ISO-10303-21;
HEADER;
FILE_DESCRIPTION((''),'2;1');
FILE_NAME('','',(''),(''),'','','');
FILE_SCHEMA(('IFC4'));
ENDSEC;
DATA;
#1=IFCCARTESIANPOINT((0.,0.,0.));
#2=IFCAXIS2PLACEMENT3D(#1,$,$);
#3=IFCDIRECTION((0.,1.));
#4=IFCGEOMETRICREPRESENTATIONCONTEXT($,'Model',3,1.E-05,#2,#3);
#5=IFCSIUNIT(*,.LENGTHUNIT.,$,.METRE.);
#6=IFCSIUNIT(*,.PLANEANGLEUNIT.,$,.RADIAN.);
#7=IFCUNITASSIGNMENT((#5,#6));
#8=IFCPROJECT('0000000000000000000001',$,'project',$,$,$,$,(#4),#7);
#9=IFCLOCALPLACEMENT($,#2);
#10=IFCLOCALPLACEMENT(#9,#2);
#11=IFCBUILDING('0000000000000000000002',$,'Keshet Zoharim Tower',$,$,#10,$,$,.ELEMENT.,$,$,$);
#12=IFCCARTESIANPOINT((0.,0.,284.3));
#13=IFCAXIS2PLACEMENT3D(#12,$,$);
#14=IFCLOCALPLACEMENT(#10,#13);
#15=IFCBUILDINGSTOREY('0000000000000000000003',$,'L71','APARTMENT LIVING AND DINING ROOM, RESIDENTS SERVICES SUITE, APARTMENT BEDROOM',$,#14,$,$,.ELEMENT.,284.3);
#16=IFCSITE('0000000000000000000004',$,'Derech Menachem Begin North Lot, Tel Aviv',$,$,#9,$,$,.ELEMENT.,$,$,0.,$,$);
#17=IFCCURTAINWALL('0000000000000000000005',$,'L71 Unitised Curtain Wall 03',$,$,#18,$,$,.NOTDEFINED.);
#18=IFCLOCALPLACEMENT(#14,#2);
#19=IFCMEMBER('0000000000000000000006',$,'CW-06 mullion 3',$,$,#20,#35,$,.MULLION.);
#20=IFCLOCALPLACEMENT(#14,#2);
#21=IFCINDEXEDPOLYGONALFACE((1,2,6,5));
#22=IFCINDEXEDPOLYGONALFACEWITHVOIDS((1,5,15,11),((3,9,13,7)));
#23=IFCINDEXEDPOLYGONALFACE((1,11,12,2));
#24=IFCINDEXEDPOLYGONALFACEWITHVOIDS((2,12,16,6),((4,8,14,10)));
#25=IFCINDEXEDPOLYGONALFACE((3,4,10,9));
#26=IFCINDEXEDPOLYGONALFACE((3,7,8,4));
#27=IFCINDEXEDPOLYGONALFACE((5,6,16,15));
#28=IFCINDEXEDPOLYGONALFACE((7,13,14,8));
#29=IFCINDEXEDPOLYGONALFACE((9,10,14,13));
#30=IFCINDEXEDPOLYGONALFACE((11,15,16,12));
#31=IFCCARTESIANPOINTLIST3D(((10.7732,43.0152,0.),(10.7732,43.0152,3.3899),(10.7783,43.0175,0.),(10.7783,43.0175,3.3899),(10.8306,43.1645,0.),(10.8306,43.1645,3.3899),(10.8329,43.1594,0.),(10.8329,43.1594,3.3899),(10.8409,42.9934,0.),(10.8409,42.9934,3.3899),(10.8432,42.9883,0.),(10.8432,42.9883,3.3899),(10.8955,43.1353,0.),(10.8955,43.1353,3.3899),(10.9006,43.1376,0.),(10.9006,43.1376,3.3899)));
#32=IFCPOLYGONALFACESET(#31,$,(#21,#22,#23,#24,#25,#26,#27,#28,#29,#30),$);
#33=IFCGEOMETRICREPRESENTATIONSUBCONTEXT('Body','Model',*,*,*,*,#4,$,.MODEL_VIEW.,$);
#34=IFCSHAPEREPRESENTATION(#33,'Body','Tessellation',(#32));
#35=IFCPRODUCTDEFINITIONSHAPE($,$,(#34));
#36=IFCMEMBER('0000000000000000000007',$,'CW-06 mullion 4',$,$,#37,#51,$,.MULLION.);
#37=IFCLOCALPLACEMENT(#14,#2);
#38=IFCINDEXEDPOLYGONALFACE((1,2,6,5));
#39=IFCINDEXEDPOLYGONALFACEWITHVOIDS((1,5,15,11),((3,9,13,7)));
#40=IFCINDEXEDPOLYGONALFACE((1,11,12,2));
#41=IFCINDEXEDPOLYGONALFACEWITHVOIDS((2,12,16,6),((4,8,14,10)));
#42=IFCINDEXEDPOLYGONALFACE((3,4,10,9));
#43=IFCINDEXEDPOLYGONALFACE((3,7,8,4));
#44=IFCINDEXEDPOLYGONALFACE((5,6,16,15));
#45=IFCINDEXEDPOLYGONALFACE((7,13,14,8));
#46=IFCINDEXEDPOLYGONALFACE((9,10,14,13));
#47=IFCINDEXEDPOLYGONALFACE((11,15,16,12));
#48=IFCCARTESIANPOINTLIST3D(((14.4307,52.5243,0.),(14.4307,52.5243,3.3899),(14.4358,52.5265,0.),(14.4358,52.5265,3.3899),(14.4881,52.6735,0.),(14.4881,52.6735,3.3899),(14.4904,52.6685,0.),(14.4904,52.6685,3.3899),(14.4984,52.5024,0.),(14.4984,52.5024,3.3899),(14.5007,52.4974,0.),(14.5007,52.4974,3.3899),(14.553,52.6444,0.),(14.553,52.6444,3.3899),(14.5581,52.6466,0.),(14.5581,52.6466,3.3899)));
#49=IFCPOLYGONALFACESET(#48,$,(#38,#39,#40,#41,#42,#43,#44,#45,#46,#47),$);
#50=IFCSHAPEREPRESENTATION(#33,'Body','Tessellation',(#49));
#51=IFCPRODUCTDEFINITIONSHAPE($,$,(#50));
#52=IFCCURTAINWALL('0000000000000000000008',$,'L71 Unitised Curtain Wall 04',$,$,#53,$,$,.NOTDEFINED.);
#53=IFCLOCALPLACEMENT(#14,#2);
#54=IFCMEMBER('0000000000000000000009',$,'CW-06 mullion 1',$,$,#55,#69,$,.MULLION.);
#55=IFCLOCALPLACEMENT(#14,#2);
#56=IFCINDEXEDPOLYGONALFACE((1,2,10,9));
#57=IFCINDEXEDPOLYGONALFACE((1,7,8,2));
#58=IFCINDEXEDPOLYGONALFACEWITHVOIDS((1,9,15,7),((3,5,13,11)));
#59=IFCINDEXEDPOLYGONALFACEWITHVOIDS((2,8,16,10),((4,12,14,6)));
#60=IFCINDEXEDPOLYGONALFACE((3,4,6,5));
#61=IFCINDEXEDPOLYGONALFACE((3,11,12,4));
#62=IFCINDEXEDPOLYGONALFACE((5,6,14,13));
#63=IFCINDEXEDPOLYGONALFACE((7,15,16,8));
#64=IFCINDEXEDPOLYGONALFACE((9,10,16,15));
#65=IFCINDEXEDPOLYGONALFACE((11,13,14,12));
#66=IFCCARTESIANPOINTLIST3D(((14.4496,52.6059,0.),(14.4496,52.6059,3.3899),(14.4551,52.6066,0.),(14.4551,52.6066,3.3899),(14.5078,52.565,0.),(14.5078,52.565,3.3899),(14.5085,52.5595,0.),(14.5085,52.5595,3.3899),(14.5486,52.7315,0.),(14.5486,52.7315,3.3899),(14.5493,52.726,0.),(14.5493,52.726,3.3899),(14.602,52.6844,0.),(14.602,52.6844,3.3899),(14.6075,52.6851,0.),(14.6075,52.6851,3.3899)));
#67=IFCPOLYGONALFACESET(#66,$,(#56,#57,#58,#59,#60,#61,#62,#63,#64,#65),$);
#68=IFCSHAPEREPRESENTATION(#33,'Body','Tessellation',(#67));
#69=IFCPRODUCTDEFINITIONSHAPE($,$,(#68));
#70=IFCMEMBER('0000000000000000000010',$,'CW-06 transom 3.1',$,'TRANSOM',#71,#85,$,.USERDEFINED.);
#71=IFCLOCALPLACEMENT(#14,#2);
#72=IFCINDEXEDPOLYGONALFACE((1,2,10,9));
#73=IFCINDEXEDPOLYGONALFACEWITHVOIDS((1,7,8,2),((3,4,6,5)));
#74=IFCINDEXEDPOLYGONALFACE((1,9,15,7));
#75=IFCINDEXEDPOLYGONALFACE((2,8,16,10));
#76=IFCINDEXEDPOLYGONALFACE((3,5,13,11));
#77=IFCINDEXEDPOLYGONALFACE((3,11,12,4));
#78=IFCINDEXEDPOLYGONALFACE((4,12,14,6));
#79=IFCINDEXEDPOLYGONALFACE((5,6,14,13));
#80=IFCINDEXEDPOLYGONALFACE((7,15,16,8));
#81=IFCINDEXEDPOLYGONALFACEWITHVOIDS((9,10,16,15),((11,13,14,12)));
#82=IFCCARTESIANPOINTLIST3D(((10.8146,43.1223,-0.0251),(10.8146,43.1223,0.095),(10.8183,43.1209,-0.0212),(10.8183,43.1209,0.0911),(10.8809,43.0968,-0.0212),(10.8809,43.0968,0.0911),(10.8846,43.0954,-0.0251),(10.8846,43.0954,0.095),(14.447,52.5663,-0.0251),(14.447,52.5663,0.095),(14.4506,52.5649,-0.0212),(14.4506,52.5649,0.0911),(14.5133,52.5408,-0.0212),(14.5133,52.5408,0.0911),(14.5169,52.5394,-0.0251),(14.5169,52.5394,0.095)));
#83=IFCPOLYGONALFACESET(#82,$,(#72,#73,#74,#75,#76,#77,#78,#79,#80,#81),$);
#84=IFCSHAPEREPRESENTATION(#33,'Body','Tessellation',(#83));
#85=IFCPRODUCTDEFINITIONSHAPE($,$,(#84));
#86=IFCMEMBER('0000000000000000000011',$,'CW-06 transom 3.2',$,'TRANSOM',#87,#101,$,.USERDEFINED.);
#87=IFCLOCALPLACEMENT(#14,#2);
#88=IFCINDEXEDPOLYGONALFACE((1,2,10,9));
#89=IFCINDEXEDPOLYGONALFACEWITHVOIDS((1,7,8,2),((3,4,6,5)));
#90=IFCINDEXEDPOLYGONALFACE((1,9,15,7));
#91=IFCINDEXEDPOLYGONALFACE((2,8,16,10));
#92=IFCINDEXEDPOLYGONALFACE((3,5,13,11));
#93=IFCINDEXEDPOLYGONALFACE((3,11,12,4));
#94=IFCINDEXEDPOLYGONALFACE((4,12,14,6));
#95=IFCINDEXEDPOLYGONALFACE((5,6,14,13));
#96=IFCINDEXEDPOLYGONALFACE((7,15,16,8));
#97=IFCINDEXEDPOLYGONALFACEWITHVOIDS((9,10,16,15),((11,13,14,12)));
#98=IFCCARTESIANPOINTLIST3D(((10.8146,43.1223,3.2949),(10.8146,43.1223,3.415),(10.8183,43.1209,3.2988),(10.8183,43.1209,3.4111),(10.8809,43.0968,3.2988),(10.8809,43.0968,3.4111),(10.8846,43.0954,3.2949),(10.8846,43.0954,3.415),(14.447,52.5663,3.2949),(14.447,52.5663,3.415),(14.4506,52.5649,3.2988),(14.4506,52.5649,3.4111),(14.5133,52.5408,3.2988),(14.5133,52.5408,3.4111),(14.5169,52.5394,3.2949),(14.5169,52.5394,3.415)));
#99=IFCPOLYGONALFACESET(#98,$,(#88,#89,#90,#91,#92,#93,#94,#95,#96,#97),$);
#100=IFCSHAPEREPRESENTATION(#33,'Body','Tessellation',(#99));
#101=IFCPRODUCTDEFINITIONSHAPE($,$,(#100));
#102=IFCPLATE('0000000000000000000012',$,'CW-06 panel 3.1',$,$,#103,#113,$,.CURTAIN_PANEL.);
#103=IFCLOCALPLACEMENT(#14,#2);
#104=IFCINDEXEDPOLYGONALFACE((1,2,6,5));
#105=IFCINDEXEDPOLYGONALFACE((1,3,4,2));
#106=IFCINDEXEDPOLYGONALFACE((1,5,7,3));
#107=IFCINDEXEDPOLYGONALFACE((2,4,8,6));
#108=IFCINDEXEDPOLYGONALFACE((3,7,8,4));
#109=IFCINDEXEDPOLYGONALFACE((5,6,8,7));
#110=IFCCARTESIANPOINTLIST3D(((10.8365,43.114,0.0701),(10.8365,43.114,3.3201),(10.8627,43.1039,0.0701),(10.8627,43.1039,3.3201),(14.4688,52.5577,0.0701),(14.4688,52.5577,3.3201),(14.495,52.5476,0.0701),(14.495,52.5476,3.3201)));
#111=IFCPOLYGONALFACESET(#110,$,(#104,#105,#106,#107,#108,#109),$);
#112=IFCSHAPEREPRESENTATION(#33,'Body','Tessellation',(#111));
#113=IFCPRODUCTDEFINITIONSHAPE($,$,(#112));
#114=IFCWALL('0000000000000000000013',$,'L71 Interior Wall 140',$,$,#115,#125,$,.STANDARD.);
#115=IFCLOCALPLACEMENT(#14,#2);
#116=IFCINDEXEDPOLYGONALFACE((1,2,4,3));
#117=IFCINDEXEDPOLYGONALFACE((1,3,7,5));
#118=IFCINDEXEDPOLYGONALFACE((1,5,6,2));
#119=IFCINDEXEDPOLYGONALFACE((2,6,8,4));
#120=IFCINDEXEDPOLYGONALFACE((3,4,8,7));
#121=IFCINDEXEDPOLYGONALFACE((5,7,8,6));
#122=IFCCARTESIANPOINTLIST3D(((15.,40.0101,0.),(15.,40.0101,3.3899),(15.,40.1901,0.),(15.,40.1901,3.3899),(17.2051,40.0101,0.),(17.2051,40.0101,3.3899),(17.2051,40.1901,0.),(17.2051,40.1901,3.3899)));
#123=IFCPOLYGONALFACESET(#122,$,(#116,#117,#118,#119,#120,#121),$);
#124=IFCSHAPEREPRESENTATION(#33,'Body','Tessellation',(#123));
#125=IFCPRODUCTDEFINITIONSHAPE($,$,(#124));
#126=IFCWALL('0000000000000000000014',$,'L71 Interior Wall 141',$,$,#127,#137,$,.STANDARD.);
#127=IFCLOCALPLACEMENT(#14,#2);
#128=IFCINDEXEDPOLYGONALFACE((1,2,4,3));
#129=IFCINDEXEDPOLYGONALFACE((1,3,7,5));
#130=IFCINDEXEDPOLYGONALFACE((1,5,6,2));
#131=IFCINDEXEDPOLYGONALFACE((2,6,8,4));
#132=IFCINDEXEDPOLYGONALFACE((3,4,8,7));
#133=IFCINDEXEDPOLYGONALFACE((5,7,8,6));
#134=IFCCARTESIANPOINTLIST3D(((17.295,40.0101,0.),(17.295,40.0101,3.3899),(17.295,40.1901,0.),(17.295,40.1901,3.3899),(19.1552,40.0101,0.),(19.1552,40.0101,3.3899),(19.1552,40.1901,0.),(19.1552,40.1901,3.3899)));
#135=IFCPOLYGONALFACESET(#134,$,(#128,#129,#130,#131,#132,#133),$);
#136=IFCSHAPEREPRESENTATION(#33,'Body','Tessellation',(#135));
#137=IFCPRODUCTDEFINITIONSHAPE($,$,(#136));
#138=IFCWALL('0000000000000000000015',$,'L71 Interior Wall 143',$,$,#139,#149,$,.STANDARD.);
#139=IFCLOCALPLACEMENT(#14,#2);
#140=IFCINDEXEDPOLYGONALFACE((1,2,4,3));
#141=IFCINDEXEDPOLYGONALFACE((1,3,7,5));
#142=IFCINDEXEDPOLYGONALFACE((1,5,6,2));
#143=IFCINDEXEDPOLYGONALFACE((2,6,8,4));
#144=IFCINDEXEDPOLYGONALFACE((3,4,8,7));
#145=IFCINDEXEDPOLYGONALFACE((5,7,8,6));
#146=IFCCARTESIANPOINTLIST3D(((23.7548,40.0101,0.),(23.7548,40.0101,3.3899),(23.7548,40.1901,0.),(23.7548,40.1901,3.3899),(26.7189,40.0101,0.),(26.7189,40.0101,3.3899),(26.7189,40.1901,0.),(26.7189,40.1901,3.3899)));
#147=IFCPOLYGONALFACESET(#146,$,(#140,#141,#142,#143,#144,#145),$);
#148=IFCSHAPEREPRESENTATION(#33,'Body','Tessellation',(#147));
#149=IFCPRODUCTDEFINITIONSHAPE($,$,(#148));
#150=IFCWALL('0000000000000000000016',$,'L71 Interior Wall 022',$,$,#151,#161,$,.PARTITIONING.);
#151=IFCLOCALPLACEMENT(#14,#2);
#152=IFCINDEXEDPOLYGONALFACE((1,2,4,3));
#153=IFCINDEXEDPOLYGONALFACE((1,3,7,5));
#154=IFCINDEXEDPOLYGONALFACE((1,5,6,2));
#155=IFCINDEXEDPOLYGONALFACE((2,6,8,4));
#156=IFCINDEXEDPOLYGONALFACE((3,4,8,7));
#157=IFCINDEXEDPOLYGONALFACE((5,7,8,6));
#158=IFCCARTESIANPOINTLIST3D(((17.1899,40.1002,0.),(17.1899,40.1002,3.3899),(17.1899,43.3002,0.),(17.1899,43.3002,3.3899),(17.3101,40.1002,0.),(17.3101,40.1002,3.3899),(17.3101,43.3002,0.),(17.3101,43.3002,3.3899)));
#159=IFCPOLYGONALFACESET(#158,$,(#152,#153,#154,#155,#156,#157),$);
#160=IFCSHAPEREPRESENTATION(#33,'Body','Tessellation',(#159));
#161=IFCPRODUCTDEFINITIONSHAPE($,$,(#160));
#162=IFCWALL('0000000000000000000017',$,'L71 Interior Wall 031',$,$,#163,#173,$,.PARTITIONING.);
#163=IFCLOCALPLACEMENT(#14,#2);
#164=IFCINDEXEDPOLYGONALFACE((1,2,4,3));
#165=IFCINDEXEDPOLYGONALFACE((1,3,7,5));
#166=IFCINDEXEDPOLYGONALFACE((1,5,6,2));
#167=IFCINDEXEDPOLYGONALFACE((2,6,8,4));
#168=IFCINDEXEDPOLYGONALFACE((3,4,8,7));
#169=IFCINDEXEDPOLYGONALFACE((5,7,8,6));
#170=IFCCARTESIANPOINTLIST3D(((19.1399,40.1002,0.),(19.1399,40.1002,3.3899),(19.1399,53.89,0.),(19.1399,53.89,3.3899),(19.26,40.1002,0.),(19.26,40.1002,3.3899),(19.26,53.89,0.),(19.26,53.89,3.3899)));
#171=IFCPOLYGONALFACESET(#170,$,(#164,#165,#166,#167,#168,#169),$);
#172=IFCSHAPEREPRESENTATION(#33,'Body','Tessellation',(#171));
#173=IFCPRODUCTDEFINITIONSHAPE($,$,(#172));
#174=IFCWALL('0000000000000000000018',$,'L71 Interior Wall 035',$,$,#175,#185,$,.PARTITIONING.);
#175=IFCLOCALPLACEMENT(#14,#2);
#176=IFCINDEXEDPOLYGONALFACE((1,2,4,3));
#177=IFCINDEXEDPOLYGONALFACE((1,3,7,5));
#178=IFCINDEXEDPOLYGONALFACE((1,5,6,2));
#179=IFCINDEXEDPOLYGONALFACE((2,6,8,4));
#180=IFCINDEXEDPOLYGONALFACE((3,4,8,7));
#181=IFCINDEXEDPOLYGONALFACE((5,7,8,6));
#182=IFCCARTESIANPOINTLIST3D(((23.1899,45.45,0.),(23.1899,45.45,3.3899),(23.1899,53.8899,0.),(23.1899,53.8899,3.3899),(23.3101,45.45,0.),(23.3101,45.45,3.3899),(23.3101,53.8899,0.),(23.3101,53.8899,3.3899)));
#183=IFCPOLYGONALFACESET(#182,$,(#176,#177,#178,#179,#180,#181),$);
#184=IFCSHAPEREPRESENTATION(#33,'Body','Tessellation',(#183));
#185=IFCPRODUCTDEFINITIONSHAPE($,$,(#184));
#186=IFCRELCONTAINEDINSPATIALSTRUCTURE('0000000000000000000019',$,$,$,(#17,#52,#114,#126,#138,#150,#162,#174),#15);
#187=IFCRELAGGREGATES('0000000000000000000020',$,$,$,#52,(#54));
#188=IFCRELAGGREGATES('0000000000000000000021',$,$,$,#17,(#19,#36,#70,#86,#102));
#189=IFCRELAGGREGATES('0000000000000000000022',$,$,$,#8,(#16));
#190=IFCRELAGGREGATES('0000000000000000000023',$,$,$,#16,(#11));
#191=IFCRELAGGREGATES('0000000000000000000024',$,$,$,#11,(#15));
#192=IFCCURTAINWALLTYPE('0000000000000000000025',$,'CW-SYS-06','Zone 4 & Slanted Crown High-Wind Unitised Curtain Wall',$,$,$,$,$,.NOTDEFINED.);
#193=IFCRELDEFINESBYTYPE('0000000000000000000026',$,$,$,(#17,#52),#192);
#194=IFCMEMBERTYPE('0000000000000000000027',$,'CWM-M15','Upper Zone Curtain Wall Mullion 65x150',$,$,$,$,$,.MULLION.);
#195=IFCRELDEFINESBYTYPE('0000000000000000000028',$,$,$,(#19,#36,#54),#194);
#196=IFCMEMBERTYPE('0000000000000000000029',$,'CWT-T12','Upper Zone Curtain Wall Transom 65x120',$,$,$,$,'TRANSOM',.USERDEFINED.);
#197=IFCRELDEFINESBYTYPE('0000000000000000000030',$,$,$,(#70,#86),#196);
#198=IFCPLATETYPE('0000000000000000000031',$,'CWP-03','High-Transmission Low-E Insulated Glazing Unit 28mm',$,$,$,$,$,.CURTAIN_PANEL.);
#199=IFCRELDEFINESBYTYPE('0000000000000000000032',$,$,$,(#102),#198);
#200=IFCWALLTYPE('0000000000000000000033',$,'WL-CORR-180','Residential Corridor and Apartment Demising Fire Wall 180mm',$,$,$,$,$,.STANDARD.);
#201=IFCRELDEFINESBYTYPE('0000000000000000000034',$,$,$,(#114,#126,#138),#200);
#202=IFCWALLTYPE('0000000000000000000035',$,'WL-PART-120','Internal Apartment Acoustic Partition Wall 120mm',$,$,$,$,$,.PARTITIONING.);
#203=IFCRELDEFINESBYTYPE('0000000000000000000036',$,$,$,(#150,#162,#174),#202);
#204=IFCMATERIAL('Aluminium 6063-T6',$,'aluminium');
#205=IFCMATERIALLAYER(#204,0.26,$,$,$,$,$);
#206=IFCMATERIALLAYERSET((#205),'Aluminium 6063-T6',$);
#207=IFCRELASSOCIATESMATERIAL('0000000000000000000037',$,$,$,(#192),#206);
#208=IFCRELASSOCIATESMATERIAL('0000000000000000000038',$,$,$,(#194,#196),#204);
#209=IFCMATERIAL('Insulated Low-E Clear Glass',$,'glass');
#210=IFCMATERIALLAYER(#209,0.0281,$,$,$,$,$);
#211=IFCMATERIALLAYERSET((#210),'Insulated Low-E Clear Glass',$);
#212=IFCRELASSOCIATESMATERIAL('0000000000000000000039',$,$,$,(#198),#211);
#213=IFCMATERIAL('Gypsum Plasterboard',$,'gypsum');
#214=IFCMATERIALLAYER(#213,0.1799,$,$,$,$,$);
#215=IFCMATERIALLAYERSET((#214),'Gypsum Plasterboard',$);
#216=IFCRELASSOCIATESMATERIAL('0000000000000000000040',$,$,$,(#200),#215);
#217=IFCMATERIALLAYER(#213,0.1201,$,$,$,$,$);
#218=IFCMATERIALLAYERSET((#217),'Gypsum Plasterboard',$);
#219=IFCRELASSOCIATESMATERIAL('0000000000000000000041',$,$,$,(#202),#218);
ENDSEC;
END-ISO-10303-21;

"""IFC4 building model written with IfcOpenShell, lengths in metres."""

from ifc_helpers import new_model, si_unit, direction, frame, frame_2d, origin, origin_2d, place, context, subcontext, project, spatial, rectangle, hollow_rectangle, extrude, material, layer, layer_set, material_profile, profile_set, type_object, element, aggregate, save


model = new_model("IFC4")

# Units and contexts
model_context = context("Model", 3, precision=1e-05, world=origin(), true_north=direction((0.0, 1.0)))
body_context = subcontext(model_context, "Body", "Model", "MODEL_VIEW")
ifc_project = project(units=[si_unit("LENGTHUNIT", "METRE"), si_unit("PLANEANGLEUNIT", "RADIAN")], contexts=[model_context])

# Site, building, storey
site_placement = place(None, origin())
site = spatial("IfcSite", under=ifc_project, at=site_placement, Name="Derech Menachem Begin North Lot, Tel Aviv", CompositionType="ELEMENT", RefElevation=0.0)
building_placement = place(site_placement, origin())
building = spatial("IfcBuilding", under=site, at=building_placement, Name="Keshet Zoharim Tower", CompositionType="ELEMENT")
storey_placement = place(building_placement, frame((0.0, 0.0, 284.3)))
storey = spatial("IfcBuildingStorey", under=building, at=storey_placement, Name="L71", Description="APARTMENT LIVING AND DINING ROOM, RESIDENTS SERVICES SUITE, APARTMENT BEDROOM", CompositionType="ELEMENT", Elevation=284.3)

# Curtain wall, members
ifc_material_1 = material(Name="Aluminium 6063-T6", Category="aluminium")
ifc_layer_1 = layer(ifc_material_1, 0.26)
ifc_layer_set_1 = layer_set([ifc_layer_1], Name="Aluminium 6063-T6")
curtain_wall_type = type_object("IfcCurtainWallType", Name="CW-SYS-06", Description="Zone 4 & Slanted Crown High-Wind Unitised Curtain Wall", PredefinedType="NOTDEFINED", material=ifc_layer_set_1)
curtain_wall_1_placement = place(storey_placement, origin())
curtain_wall_1 = element("IfcCurtainWall", 1, at=curtain_wall_1_placement, inside=storey, type_object=curtain_wall_type, Name="L71 Unitised Curtain Wall 03", PredefinedType="NOTDEFINED")
ifc_material_profile_1 = material_profile(ifc_material_1, hollow_rectangle(XDim=0.075, YDim=0.1599, WallThickness=0.0039, at=origin_2d()), Name="MUL-75x160")
ifc_profile_set_1 = profile_set([ifc_material_profile_1], Name="Aluminium 6063-T6")
member_type_1 = type_object("IfcMemberType", Name="CWM-M15", Description="Upper Zone Curtain Wall Mullion 65x150", PredefinedType="MULLION", material=ifc_profile_set_1)
member_1_placement = place(storey_placement, frame((10.8369, 43.0764, 0.0), z_axis=(0.0, 0.0, 1.0), x_axis=(-0.933341, 0.35899, 0.0)))
member_1 = element("IfcMember", 2, at=member_1_placement, type_object=member_type_1, Name="CW-06 mullion 3", PredefinedType="MULLION", context=body_context, shape_type="SweptSolid", body=[
    extrude(hollow_rectangle(XDim=0.075, YDim=0.1599, WallThickness=0.0039, at=origin_2d()), origin(), (0.0, 0.0, 1.0), 3.3899),
])
member_2_placement = place(storey_placement, frame((14.4944, 52.5854, 0.0), z_axis=(0.0, 0.0, 1.0), x_axis=(-0.933341, 0.35899, 0.0)))
member_2 = element("IfcMember", 3, at=member_2_placement, type_object=member_type_1, Name="CW-06 mullion 4", PredefinedType="MULLION", context=body_context, shape_type="SweptSolid", body=[
    extrude(hollow_rectangle(XDim=0.075, YDim=0.1599, WallThickness=0.0039, at=origin_2d()), origin(), (0.0, 0.0, 1.0), 3.3899),
])

# Curtain wall, member
curtain_wall_2_placement = place(storey_placement, origin())
curtain_wall_2 = element("IfcCurtainWall", 4, at=curtain_wall_2_placement, inside=storey, type_object=curtain_wall_type, Name="L71 Unitised Curtain Wall 04", PredefinedType="NOTDEFINED")
member_3_placement = place(storey_placement, frame((14.5286, 52.6455, 0.0), z_axis=(0.0, 0.0, 1.0), x_axis=(-0.785293, 0.619125, 0.0)))
member_3 = element("IfcMember", 5, at=member_3_placement, type_object=member_type_1, Name="CW-06 mullion 1", PredefinedType="MULLION", context=body_context, shape_type="SweptSolid", body=[
    extrude(hollow_rectangle(XDim=0.075, YDim=0.1599, WallThickness=0.0039, at=origin_2d()), origin(), (0.0, 0.0, 1.0), 3.3899),
])
aggregate(curtain_wall_2, [member_3])

# Members
ifc_material_profile_2 = material_profile(ifc_material_1, hollow_rectangle(XDim=0.075, YDim=0.1201, WallThickness=0.0039, at=origin_2d()), Name="TRN-75x120")
ifc_profile_set_2 = profile_set([ifc_material_profile_2], Name="Aluminium 6063-T6")
member_type_2 = type_object("IfcMemberType", Name="CWT-T12", Description="Upper Zone Curtain Wall Transom 65x120", ElementType="TRANSOM", PredefinedType="USERDEFINED", material=ifc_profile_set_2)
member_4_placement = place(storey_placement, frame((10.8496, 43.1089, 0.0349), z_axis=(0.358986, 0.933343, 0.0), x_axis=(-0.933343, 0.358986, 0.0)))
member_4 = element("IfcMember", 6, at=member_4_placement, type_object=member_type_2, Name="CW-06 transom 3.1", ObjectType="TRANSOM", PredefinedType="USERDEFINED", context=body_context, shape_type="SweptSolid", body=[
    extrude(hollow_rectangle(XDim=0.075, YDim=0.1201, WallThickness=0.0039, at=origin_2d()), origin(), (0.0, 0.0, 1.0), 10.1184),
])
member_5_placement = place(storey_placement, frame((10.8496, 43.1089, 3.355), z_axis=(0.358986, 0.933343, 0.0), x_axis=(-0.933343, 0.358986, 0.0)))
member_5 = element("IfcMember", 7, at=member_5_placement, type_object=member_type_2, Name="CW-06 transom 3.2", ObjectType="TRANSOM", PredefinedType="USERDEFINED", context=body_context, shape_type="SweptSolid", body=[
    extrude(hollow_rectangle(XDim=0.075, YDim=0.1201, WallThickness=0.0039, at=origin_2d()), origin(), (0.0, 0.0, 1.0), 10.1184),
])

# Plate
ifc_material_2 = material(Name="Insulated Low-E Clear Glass", Category="glass")
ifc_layer_2 = layer(ifc_material_2, 0.0281)
ifc_layer_set_2 = layer_set([ifc_layer_2], Name="Insulated Low-E Clear Glass")
plate_type = type_object("IfcPlateType", Name="CWP-03", Description="High-Transmission Low-E Insulated Glazing Unit 28mm", PredefinedType="CURTAIN_PANEL", material=ifc_layer_set_2)
plate_placement = place(storey_placement, frame((12.6658, 47.8308, 0.0701), z_axis=(0.0, 0.0, 1.0), x_axis=(0.35899, 0.933341, 0.0)))
plate = element("IfcPlate", 8, at=plate_placement, type_object=plate_type, Name="CW-06 panel 3.1", PredefinedType="CURTAIN_PANEL", context=body_context, shape_type="SweptSolid", body=[
    extrude(rectangle(XDim=10.1182, YDim=0.0281, at=origin_2d()), origin(), (0.0, 0.0, 1.0), 3.25),
])
aggregate(curtain_wall_1, [member_1, member_2, member_4, member_5, plate])

# Walls
ifc_material_3 = material(Name="Gypsum Plasterboard", Category="gypsum")
ifc_layer_3 = layer(ifc_material_3, 0.1799)
ifc_layer_set_3 = layer_set([ifc_layer_3], Name="Gypsum Plasterboard")
wall_type_1 = type_object("IfcWallType", Name="WL-CORR-180", Description="Residential Corridor and Apartment Demising Fire Wall 180mm", PredefinedType="STANDARD", material=ifc_layer_set_3)
wall_1_placement = place(storey_placement, frame((15.0, 40.1001, 0.0), z_axis=(0.0, 0.0, 1.0), x_axis=(1.0, 0.0, 0.0)))
element("IfcWall", 9, at=wall_1_placement, inside=storey, type_object=wall_type_1, Name="L71 Interior Wall 140", PredefinedType="STANDARD", context=body_context, shape_type="SweptSolid", body=[
    extrude(rectangle(XDim=2.2051, YDim=0.1799, at=frame_2d((1.1025, 0.0))), origin(), (0.0, 0.0, 1.0), 3.3899),
])
wall_2_placement = place(storey_placement, frame((17.2949, 40.1001, 0.0), z_axis=(0.0, 0.0, 1.0), x_axis=(1.0, 0.0, 0.0)))
element("IfcWall", 10, at=wall_2_placement, inside=storey, type_object=wall_type_1, Name="L71 Interior Wall 141", PredefinedType="STANDARD", context=body_context, shape_type="SweptSolid", body=[
    extrude(rectangle(XDim=1.8601, YDim=0.1799, at=frame_2d((0.9302, 0.0))), origin(), (0.0, 0.0, 1.0), 3.3899),
])

# Walls
wall_3_placement = place(storey_placement, frame((23.7549, 40.1001, 0.0), z_axis=(0.0, 0.0, 1.0), x_axis=(1.0, 0.0, 0.0)))
element("IfcWall", 11, at=wall_3_placement, inside=storey, type_object=wall_type_1, Name="L71 Interior Wall 143", PredefinedType="STANDARD", context=body_context, shape_type="SweptSolid", body=[
    extrude(rectangle(XDim=2.9641, YDim=0.1799, at=frame_2d((1.4819, 0.0))), origin(), (0.0, 0.0, 1.0), 3.3899),
])
ifc_layer_4 = layer(ifc_material_3, 0.1201)
ifc_layer_set_4 = layer_set([ifc_layer_4], Name="Gypsum Plasterboard")
wall_type_2 = type_object("IfcWallType", Name="WL-PART-120", Description="Internal Apartment Acoustic Partition Wall 120mm", PredefinedType="PARTITIONING", material=ifc_layer_set_4)
wall_4_placement = place(storey_placement, frame((17.25, 40.1001, 0.0), z_axis=(0.0, 0.0, 1.0), x_axis=(0.0, 1.0, 0.0)))
element("IfcWall", 12, at=wall_4_placement, inside=storey, type_object=wall_type_2, Name="L71 Interior Wall 022", PredefinedType="PARTITIONING", context=body_context, shape_type="SweptSolid", body=[
    extrude(rectangle(XDim=3.2, YDim=0.1201, at=frame_2d((1.6001, 0.0))), origin(), (0.0, 0.0, 1.0), 3.3899),
])
wall_5_placement = place(storey_placement, frame((19.2, 40.1001, 0.0), z_axis=(0.0, 0.0, 1.0), x_axis=(0.0, 1.0, 0.0)))
element("IfcWall", 13, at=wall_5_placement, inside=storey, type_object=wall_type_2, Name="L71 Interior Wall 031", PredefinedType="PARTITIONING", context=body_context, shape_type="SweptSolid", body=[
    extrude(rectangle(XDim=13.7898, YDim=0.1201, at=frame_2d((6.895, 0.0))), origin(), (0.0, 0.0, 1.0), 3.3899),
])
wall_6_placement = place(storey_placement, frame((23.25, 45.45, 0.0), z_axis=(0.0, 0.0, 1.0), x_axis=(0.0, 1.0, 0.0)))
element("IfcWall", 14, at=wall_6_placement, inside=storey, type_object=wall_type_2, Name="L71 Interior Wall 035", PredefinedType="PARTITIONING", context=body_context, shape_type="SweptSolid", body=[
    extrude(rectangle(XDim=8.4399, YDim=0.1201, at=frame_2d((4.22, 0.0))), origin(), (0.0, 0.0, 1.0), 3.3899),
])

save(model, "model.ifc")
